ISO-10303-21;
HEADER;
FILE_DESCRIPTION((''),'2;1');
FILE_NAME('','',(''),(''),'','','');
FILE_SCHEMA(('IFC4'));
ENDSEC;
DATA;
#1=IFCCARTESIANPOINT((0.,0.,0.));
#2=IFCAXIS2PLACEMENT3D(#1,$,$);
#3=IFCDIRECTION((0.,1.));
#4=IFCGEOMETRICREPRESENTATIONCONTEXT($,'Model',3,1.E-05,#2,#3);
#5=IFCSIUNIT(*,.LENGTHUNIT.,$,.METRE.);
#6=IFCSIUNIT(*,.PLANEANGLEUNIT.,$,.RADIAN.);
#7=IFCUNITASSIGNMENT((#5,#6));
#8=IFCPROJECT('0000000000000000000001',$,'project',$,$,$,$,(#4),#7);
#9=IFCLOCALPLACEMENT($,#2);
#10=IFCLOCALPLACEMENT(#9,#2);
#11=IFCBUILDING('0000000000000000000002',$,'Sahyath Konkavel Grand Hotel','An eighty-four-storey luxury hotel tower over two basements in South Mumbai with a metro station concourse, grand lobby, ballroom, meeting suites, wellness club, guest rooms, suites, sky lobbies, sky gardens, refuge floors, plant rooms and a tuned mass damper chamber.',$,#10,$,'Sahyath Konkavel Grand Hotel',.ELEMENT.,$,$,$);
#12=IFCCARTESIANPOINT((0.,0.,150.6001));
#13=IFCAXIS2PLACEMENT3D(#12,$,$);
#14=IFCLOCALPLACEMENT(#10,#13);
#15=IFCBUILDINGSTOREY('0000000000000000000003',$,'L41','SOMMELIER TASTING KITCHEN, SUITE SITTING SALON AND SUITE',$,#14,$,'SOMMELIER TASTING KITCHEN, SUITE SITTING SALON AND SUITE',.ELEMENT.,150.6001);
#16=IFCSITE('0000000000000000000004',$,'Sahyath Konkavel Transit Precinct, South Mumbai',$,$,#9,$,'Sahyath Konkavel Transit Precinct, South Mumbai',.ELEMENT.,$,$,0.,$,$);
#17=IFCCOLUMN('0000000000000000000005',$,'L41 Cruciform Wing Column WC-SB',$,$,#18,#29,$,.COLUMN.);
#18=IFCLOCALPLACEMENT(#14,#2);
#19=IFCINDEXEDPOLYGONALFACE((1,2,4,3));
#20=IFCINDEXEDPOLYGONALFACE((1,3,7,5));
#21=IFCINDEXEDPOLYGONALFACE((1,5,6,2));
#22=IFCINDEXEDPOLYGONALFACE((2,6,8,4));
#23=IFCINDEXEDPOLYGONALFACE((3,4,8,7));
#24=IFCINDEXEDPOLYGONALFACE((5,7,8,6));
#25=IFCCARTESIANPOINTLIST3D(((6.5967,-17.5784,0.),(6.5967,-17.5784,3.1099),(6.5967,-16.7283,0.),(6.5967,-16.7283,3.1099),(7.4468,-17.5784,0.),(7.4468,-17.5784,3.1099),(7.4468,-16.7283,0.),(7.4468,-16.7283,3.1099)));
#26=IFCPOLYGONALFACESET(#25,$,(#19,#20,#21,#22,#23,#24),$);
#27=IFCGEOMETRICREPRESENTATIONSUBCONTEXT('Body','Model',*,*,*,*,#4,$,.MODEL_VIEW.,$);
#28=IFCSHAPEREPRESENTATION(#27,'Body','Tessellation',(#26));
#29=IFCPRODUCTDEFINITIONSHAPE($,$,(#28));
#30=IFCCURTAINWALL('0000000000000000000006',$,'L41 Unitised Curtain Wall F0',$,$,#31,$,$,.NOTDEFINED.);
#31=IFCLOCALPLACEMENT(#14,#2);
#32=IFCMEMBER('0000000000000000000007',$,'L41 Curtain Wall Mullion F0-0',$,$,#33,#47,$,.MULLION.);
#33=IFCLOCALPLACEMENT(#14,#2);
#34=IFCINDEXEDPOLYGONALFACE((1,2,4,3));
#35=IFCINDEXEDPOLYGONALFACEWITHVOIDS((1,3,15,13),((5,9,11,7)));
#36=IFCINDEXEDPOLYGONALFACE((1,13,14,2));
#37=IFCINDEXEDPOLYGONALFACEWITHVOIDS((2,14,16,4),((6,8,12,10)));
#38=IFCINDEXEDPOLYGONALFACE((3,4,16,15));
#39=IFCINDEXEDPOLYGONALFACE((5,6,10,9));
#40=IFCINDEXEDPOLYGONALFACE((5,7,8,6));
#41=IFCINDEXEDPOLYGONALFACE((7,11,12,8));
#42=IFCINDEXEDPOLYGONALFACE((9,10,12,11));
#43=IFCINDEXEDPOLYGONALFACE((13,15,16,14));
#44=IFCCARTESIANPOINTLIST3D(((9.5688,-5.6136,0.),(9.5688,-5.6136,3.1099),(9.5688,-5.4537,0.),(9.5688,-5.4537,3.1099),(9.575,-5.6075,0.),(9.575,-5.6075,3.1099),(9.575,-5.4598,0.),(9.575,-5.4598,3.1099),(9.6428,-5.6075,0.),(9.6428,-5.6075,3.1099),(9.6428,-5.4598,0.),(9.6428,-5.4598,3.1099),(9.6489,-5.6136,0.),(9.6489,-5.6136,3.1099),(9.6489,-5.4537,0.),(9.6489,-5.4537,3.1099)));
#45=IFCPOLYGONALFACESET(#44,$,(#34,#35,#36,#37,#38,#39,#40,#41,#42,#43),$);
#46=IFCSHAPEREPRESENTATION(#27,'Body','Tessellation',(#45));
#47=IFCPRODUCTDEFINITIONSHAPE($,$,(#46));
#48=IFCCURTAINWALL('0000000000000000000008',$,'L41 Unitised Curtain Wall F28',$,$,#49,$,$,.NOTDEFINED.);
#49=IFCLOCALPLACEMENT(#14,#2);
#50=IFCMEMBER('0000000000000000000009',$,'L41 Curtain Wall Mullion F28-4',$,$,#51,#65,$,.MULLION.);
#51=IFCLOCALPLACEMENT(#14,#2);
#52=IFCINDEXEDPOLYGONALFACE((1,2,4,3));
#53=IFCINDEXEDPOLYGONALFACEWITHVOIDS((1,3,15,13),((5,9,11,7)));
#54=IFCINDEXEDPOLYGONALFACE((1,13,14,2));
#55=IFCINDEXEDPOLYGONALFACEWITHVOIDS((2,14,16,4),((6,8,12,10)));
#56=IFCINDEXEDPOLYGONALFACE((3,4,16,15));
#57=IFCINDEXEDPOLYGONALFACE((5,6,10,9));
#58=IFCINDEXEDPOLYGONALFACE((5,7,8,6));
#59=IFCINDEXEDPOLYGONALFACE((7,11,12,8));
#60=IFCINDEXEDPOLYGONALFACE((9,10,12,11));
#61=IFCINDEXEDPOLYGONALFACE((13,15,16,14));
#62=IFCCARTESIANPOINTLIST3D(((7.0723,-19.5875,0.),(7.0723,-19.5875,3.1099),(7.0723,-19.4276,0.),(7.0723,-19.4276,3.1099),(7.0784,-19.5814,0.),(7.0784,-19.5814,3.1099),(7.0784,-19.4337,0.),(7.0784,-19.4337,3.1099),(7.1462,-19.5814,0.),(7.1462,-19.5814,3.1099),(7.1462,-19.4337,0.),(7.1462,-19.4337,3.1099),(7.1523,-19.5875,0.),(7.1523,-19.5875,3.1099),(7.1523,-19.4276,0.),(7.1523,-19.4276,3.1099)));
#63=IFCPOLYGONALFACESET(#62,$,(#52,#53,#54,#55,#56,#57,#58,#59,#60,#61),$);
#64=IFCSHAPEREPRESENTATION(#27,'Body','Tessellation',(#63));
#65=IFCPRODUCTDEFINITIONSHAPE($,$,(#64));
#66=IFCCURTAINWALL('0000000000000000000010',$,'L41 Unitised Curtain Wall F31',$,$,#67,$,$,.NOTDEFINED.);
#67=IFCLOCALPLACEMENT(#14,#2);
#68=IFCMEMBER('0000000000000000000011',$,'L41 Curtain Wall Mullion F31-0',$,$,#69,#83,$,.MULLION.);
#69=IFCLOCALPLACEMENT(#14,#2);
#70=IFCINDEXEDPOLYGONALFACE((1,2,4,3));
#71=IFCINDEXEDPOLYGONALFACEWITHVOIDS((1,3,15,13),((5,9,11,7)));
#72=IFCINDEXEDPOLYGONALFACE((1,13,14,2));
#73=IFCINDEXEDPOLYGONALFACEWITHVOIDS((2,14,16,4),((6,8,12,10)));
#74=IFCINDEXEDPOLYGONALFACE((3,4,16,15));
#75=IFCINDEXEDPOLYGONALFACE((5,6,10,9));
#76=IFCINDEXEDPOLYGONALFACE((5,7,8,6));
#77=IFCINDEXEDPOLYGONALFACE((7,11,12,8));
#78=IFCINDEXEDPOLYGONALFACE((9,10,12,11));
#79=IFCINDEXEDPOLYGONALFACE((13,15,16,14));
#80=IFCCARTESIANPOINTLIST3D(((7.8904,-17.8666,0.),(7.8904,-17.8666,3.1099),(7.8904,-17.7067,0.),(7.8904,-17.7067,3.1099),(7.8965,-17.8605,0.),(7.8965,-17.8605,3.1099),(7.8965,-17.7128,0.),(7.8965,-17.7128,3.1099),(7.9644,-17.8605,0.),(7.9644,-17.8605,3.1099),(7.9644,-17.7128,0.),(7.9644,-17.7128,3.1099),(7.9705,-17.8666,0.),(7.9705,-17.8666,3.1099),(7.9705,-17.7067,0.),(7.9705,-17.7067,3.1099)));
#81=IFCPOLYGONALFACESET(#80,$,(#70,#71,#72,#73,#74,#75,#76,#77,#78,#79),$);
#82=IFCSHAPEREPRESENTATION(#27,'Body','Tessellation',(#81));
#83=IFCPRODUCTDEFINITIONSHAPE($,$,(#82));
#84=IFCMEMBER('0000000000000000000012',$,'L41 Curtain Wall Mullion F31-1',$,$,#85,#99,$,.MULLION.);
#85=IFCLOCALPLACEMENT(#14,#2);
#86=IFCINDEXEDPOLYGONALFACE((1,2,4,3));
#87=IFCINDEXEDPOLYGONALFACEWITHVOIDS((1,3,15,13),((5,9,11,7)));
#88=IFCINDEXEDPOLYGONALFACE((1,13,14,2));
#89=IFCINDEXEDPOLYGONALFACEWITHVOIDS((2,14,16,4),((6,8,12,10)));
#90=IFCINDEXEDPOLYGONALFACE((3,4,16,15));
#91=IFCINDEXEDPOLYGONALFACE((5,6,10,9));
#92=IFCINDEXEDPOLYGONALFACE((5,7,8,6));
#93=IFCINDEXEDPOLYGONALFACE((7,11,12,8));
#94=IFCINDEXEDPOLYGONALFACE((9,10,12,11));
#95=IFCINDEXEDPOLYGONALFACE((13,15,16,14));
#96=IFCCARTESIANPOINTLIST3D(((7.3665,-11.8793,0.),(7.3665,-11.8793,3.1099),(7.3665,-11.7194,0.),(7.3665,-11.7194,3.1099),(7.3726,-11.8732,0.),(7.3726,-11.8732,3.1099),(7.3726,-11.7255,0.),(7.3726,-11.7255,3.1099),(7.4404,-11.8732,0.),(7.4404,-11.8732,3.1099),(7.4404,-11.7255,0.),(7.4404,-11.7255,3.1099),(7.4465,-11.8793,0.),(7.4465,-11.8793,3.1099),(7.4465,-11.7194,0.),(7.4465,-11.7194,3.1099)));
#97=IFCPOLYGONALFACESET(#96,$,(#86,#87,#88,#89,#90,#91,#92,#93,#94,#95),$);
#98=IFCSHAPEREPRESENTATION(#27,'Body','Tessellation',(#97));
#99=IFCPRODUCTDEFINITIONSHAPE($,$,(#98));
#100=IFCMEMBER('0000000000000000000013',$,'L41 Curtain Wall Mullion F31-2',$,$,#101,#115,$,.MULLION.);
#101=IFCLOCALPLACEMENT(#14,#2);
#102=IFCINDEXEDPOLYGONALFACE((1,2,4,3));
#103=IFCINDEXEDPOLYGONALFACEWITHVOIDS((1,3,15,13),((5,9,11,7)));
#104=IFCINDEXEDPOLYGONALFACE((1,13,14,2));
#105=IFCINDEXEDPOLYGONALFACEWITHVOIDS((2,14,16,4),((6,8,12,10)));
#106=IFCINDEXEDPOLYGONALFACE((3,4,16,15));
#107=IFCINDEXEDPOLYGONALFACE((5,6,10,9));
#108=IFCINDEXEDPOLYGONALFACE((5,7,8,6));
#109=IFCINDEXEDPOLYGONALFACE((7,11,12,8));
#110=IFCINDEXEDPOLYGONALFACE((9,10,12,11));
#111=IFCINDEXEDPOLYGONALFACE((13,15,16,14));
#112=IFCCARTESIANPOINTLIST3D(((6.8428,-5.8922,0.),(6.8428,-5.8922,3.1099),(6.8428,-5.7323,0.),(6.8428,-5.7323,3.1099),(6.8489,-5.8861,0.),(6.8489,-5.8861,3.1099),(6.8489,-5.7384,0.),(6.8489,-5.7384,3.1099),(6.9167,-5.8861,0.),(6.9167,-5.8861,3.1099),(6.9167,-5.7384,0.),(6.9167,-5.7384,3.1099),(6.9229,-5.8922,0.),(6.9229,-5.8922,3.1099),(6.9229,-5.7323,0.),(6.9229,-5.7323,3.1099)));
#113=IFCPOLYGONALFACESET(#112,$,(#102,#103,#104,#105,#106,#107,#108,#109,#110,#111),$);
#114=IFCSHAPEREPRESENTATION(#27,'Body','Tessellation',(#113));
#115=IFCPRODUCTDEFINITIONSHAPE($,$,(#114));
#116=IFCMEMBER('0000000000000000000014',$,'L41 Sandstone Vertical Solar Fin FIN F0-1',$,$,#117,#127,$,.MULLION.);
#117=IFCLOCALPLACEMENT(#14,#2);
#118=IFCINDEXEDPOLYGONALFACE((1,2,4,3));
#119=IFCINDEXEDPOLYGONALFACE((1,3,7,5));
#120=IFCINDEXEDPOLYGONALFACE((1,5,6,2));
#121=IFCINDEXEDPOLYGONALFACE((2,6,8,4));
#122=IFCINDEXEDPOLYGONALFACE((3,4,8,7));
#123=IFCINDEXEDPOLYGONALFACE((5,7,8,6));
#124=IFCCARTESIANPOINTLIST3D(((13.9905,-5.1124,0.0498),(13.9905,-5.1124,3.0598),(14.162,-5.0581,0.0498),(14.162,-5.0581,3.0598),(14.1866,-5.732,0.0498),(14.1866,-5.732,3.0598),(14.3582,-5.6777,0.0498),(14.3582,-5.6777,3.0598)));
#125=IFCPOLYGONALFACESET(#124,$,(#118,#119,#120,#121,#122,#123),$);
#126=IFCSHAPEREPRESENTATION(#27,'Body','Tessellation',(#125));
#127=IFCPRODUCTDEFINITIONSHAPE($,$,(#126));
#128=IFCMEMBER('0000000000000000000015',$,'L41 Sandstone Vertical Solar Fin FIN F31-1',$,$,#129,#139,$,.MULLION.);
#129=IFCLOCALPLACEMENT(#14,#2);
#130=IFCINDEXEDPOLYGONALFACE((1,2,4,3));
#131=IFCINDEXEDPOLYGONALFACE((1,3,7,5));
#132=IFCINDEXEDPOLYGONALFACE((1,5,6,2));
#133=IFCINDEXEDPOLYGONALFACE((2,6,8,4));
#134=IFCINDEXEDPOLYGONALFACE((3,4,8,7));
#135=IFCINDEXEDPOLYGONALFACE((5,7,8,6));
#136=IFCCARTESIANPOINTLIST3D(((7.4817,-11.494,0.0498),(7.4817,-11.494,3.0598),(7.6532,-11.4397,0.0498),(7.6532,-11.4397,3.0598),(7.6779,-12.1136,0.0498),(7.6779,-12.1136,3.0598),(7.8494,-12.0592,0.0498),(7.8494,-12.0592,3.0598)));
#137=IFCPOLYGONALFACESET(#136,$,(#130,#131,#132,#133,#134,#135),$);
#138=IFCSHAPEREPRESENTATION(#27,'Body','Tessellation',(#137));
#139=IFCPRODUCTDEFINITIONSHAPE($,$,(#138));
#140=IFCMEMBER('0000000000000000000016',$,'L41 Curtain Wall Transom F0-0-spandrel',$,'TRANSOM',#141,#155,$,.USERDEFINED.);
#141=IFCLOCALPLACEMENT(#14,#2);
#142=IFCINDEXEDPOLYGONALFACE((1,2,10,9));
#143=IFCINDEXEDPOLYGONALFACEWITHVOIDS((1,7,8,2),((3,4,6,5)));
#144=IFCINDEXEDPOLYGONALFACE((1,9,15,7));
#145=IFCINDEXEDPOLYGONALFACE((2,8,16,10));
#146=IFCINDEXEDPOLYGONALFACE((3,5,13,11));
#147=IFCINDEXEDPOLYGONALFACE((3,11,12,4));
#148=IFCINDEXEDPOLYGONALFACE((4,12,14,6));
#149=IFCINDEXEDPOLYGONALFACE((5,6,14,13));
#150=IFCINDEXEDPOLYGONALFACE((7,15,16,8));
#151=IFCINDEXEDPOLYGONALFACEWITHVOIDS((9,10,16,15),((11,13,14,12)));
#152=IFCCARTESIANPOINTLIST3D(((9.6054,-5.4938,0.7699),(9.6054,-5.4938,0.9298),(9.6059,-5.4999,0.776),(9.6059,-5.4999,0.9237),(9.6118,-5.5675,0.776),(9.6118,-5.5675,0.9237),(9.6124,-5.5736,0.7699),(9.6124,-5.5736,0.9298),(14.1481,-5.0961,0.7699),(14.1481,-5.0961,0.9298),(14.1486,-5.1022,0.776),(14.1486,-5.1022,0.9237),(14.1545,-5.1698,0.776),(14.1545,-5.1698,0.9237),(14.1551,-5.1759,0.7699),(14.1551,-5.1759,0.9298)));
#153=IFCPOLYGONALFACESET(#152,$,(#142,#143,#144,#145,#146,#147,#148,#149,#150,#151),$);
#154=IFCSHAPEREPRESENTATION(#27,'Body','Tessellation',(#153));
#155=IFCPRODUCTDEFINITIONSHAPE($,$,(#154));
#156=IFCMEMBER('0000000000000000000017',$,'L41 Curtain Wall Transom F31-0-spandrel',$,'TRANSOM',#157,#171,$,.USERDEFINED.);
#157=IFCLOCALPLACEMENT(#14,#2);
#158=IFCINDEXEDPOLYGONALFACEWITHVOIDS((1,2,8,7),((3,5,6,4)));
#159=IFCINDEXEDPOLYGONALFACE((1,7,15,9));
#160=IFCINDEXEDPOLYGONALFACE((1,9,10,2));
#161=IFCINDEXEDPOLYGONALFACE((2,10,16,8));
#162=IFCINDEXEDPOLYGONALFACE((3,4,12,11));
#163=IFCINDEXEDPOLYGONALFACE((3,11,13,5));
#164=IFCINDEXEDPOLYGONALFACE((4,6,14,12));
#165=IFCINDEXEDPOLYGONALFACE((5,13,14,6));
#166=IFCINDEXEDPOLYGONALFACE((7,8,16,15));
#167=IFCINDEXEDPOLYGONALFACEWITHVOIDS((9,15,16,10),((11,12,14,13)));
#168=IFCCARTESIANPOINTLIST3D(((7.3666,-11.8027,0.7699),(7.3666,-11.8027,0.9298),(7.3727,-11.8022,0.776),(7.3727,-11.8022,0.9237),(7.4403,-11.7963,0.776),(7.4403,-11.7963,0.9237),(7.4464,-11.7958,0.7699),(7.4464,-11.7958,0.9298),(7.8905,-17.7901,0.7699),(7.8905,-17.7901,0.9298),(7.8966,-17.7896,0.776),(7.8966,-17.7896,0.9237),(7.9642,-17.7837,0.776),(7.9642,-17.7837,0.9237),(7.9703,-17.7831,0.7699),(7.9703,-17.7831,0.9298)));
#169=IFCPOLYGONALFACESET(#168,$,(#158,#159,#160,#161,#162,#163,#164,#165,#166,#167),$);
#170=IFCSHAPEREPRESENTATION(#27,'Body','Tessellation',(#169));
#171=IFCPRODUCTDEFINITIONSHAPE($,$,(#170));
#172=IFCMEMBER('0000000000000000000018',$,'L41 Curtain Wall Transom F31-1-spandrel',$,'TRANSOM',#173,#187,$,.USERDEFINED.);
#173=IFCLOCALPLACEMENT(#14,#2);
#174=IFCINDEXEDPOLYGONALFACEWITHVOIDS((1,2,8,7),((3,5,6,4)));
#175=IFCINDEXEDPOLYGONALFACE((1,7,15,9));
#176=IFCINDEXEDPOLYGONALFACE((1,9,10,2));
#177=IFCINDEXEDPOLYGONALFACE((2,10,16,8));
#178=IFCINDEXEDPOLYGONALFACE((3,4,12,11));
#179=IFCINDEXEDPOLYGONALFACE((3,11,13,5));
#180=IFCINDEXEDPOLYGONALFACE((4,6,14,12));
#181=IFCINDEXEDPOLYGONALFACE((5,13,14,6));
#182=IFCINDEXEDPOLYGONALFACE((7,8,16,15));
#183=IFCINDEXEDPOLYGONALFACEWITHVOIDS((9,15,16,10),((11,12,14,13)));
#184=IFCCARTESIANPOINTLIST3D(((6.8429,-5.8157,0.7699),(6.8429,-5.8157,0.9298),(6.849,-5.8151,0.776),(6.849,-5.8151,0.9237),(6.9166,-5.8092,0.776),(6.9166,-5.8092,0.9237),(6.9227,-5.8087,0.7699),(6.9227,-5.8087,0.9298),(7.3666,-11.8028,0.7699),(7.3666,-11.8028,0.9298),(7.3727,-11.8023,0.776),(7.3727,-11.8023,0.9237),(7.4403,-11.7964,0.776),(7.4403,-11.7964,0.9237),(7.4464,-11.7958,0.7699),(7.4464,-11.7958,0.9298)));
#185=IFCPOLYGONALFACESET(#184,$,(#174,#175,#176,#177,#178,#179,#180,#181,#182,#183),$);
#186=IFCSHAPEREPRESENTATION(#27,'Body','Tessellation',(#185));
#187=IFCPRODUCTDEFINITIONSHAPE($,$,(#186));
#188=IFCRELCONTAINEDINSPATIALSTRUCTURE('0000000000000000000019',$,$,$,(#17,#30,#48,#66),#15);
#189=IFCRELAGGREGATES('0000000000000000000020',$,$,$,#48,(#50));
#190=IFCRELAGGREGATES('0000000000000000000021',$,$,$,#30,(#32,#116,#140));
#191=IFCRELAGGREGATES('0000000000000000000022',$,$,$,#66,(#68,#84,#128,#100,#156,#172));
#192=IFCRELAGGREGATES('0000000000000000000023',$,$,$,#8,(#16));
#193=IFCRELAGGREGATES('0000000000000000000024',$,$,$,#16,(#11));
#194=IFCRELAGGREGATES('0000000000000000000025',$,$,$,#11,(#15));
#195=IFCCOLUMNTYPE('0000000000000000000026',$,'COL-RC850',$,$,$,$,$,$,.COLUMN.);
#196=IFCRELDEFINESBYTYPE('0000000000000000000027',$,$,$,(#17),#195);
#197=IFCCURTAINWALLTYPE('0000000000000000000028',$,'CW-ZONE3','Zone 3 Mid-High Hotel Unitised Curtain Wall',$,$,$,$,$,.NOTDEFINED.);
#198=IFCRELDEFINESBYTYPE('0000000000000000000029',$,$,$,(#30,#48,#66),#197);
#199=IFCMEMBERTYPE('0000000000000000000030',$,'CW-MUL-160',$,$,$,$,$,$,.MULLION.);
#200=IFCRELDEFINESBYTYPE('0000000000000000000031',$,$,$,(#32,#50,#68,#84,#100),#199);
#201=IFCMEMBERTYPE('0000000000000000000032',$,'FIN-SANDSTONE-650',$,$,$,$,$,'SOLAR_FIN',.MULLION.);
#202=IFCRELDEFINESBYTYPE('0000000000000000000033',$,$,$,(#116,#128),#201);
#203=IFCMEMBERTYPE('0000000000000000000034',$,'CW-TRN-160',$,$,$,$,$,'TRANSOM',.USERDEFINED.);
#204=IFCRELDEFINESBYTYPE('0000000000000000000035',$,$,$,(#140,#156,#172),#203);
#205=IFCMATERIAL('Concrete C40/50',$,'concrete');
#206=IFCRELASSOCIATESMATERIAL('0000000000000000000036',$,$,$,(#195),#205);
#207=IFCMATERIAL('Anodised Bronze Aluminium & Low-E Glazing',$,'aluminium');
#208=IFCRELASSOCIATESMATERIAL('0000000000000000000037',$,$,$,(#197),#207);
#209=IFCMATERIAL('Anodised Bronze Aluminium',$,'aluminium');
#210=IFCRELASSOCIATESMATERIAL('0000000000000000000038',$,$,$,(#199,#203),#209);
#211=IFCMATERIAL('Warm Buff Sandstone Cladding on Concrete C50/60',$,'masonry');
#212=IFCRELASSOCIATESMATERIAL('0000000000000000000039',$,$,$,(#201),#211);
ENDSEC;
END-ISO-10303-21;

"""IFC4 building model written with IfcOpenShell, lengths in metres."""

from ifc_helpers import new_model, si_unit, direction, frame, origin, origin_2d, place, context, subcontext, project, spatial, rectangle, hollow_rectangle, extrude, source, transform, mapped, material, material_profile, profile_set, type_object, element, aggregate, save


model = new_model("IFC4")

# Units and contexts
model_context = context("Model", 3, precision=1e-05, world=origin(), true_north=direction((0.0, 1.0)))
body_context = subcontext(model_context, "Body", "Model", "MODEL_VIEW")
ifc_project = project(units=[si_unit("LENGTHUNIT", "METRE"), si_unit("PLANEANGLEUNIT", "RADIAN")], contexts=[model_context])

# Site, building, storey
site_placement = place(None, origin())
site = spatial("IfcSite", under=ifc_project, at=site_placement, Name="Sahyath Konkavel Transit Precinct, South Mumbai", LongName="Sahyath Konkavel Transit Precinct, South Mumbai", CompositionType="ELEMENT", RefElevation=0.0)
building_placement = place(site_placement, origin())
building = spatial("IfcBuilding", under=site, at=building_placement, Name="Sahyath Konkavel Grand Hotel", Description="An eighty-four-storey luxury hotel tower over two basements in South Mumbai with a metro station concourse, grand lobby, ballroom, meeting suites, wellness club, guest rooms, suites, sky lobbies, sky gardens, refuge floors, plant rooms and a tuned mass damper chamber.", LongName="Sahyath Konkavel Grand Hotel", CompositionType="ELEMENT")
storey_placement = place(building_placement, frame((0.0, 0.0, 150.6001)))
storey = spatial("IfcBuildingStorey", under=building, at=storey_placement, Name="L41", Description="SOMMELIER TASTING KITCHEN, SUITE SITTING SALON AND SUITE", LongName="SOMMELIER TASTING KITCHEN, SUITE SITTING SALON AND SUITE", CompositionType="ELEMENT", Elevation=150.6001)

# Column
ifc_material_1 = material(Name="Concrete C40/50", Category="concrete")
ifc_material_profile_1 = material_profile(ifc_material_1, rectangle(XDim=0.8501, YDim=0.8501, at=origin_2d()), Name="RC 850x850")
ifc_profile_set_1 = profile_set([ifc_material_profile_1], Name="Concrete C40/50")
column_type = type_object("IfcColumnType", Name="COL-RC850", PredefinedType="COLUMN", material=ifc_profile_set_1)
shared_shape_1 = source(origin(), body_context, "Body", "SweptSolid", [
    extrude(rectangle(XDim=0.8501, YDim=0.8501, at=origin_2d()), origin(), (0.0, 0.0, 1.0), 3.1099),
])
column_placement = place(storey_placement, frame((7.0217, -17.1533, 0.0), z_axis=(0.0, 0.0, 1.0), x_axis=(1.0, 0.0, 0.0)))
element("IfcColumn", 1, at=column_placement, inside=storey, type_object=column_type, Name="L41 Cruciform Wing Column WC-SB", PredefinedType="COLUMN", context=body_context, shape_type="MappedRepresentation", body=[
    mapped(shared_shape_1, transform((0.0, 0.0, 0.0), scale=1.0)),
])

# Curtain walls, members
ifc_material_2 = material(Name="Anodised Bronze Aluminium & Low-E Glazing", Category="aluminium")
curtain_wall_type = type_object("IfcCurtainWallType", Name="CW-ZONE3", Description="Zone 3 Mid-High Hotel Unitised Curtain Wall", PredefinedType="NOTDEFINED", material=ifc_material_2)
curtain_wall_1_placement = place(storey_placement, origin())
curtain_wall_1 = element("IfcCurtainWall", 2, at=curtain_wall_1_placement, inside=storey, type_object=curtain_wall_type, Name="L41 Unitised Curtain Wall F0", PredefinedType="NOTDEFINED")
ifc_material_3 = material(Name="Anodised Bronze Aluminium", Category="aluminium")
ifc_material_profile_2 = material_profile(ifc_material_3, hollow_rectangle(XDim=0.0801, YDim=0.1599, WallThickness=0.0061, at=origin_2d()), Name="RHS 160x80x6")
ifc_profile_set_2 = profile_set([ifc_material_profile_2], Name="Anodised Bronze Aluminium")
member_type_1 = type_object("IfcMemberType", Name="CW-MUL-160", PredefinedType="MULLION", material=ifc_profile_set_2)
shared_shape_2 = source(origin(), body_context, "Body", "SweptSolid", [
    extrude(hollow_rectangle(XDim=0.0801, YDim=0.1599, WallThickness=0.0061, at=origin_2d()), origin(), (0.0, 0.0, 1.0), 3.1099),
])
member_1_placement = place(storey_placement, frame((9.6089, -5.5337, 0.0), z_axis=(0.0, 0.0, 1.0), x_axis=(1.0, 0.0, 0.0)))
member_1 = element("IfcMember", 3, at=member_1_placement, type_object=member_type_1, Name="L41 Curtain Wall Mullion F0-0", PredefinedType="MULLION", context=body_context, shape_type="MappedRepresentation", body=[
    mapped(shared_shape_2, transform((0.0, 0.0, 0.0), scale=1.0)),
])
curtain_wall_2_placement = place(storey_placement, origin())
curtain_wall_2 = element("IfcCurtainWall", 4, at=curtain_wall_2_placement, inside=storey, type_object=curtain_wall_type, Name="L41 Unitised Curtain Wall F28", PredefinedType="NOTDEFINED")
member_2_placement = place(storey_placement, frame((7.1123, -19.5076, 0.0), z_axis=(0.0, 0.0, 1.0), x_axis=(1.0, 0.0, 0.0)))
member_2 = element("IfcMember", 5, at=member_2_placement, type_object=member_type_1, Name="L41 Curtain Wall Mullion F28-4", PredefinedType="MULLION", context=body_context, shape_type="MappedRepresentation", body=[
    mapped(shared_shape_2, transform((0.0, 0.0, 0.0), scale=1.0)),
])
aggregate(curtain_wall_2, [member_2])

# Curtain wall, members
curtain_wall_3_placement = place(storey_placement, origin())
curtain_wall_3 = element("IfcCurtainWall", 6, at=curtain_wall_3_placement, inside=storey, type_object=curtain_wall_type, Name="L41 Unitised Curtain Wall F31", PredefinedType="NOTDEFINED")
member_3_placement = place(storey_placement, frame((7.9304, -17.7866, 0.0), z_axis=(0.0, 0.0, 1.0), x_axis=(1.0, 0.0, 0.0)))
member_3 = element("IfcMember", 7, at=member_3_placement, type_object=member_type_1, Name="L41 Curtain Wall Mullion F31-0", PredefinedType="MULLION", context=body_context, shape_type="MappedRepresentation", body=[
    mapped(shared_shape_2, transform((0.0, 0.0, 0.0), scale=1.0)),
])
member_4_placement = place(storey_placement, frame((7.4065, -11.7993, 0.0), z_axis=(0.0, 0.0, 1.0), x_axis=(1.0, 0.0, 0.0)))
member_4 = element("IfcMember", 8, at=member_4_placement, type_object=member_type_1, Name="L41 Curtain Wall Mullion F31-1", PredefinedType="MULLION", context=body_context, shape_type="MappedRepresentation", body=[
    mapped(shared_shape_2, transform((0.0, 0.0, 0.0), scale=1.0)),
])
member_5_placement = place(storey_placement, frame((6.8828, -5.8123, 0.0), z_axis=(0.0, 0.0, 1.0), x_axis=(1.0, 0.0, 0.0)))
member_5 = element("IfcMember", 9, at=member_5_placement, type_object=member_type_1, Name="L41 Curtain Wall Mullion F31-2", PredefinedType="MULLION", context=body_context, shape_type="MappedRepresentation", body=[
    mapped(shared_shape_2, transform((0.0, 0.0, 0.0), scale=1.0)),
])

# Members
ifc_material_4 = material(Name="Warm Buff Sandstone Cladding on Concrete C50/60", Category="masonry")
ifc_material_profile_3 = material_profile(ifc_material_4, rectangle(XDim=0.1799, YDim=0.6499, at=origin_2d()), Name="FIN 180x650")
ifc_profile_set_3 = profile_set([ifc_material_profile_3], Name="Warm Buff Sandstone Cladding on Concrete C50/60")
member_type_2 = type_object("IfcMemberType", Name="FIN-SANDSTONE-650", ElementType="SOLAR_FIN", PredefinedType="MULLION", material=ifc_profile_set_3)
shared_shape_3 = source(origin(), body_context, "Body", "SweptSolid", [
    extrude(rectangle(XDim=0.1799, YDim=0.6499, at=origin_2d()), origin(), (0.0, 0.0, 1.0), 3.01),
])
member_6_placement = place(storey_placement, frame((14.1743, -5.395, 0.0498), z_axis=(0.0, 0.0, 1.0), x_axis=(0.953349, 0.301871, 0.0)))
member_6 = element("IfcMember", 10, at=member_6_placement, type_object=member_type_2, Name="L41 Sandstone Vertical Solar Fin FIN F0-1", PredefinedType="MULLION", context=body_context, shape_type="MappedRepresentation", body=[
    mapped(shared_shape_3, transform((0.0, 0.0, 0.0), scale=1.0)),
])
member_7_placement = place(storey_placement, frame((7.6655, -11.7766, 0.0498), z_axis=(0.0, 0.0, 1.0), x_axis=(0.953349, 0.301871, 0.0)))
member_7 = element("IfcMember", 11, at=member_7_placement, type_object=member_type_2, Name="L41 Sandstone Vertical Solar Fin FIN F31-1", PredefinedType="MULLION", context=body_context, shape_type="MappedRepresentation", body=[
    mapped(shared_shape_3, transform((0.0, 0.0, 0.0), scale=1.0)),
])
ifc_material_profile_4 = material_profile(ifc_material_3, hollow_rectangle(XDim=0.0801, YDim=0.1599, WallThickness=0.0061, at=origin_2d()), Name="RHS 160x80x6")
ifc_profile_set_4 = profile_set([ifc_material_profile_4], Name="Anodised Bronze Aluminium")
member_type_3 = type_object("IfcMemberType", Name="CW-TRN-160", ElementType="TRANSOM", PredefinedType="USERDEFINED", material=ifc_profile_set_4)
shared_shape_4 = source(origin(), body_context, "Body", "SweptSolid", [
    extrude(hollow_rectangle(XDim=0.0801, YDim=0.1599, WallThickness=0.0061, at=origin_2d()), origin(), (0.0, 0.0, 1.0), 4.5601),
])
member_8_placement = place(storey_placement, frame((9.6089, -5.5337, 0.8499), z_axis=(0.99619, 0.087214, 0.0), x_axis=(-0.087214, 0.99619, 0.0)))
member_8 = element("IfcMember", 12, at=member_8_placement, type_object=member_type_3, Name="L41 Curtain Wall Transom F0-0-spandrel", ObjectType="TRANSOM", PredefinedType="USERDEFINED", context=body_context, shape_type="MappedRepresentation", body=[
    mapped(shared_shape_4, transform((0.0, 0.0, 0.0), scale=1.0)),
])
shared_shape_5 = source(origin(), body_context, "Body", "SweptSolid", [
    extrude(hollow_rectangle(XDim=0.0801, YDim=0.1599, WallThickness=0.0061, at=origin_2d()), origin(), (0.0, 0.0, 1.0), 6.0103),
])
member_9_placement = place(storey_placement, frame((7.9304, -17.7866, 0.8499), z_axis=(-0.087173, 0.996193, 0.0), x_axis=(-0.996193, -0.087173, 0.0)))
member_9 = element("IfcMember", 13, at=member_9_placement, type_object=member_type_3, Name="L41 Curtain Wall Transom F31-0-spandrel", ObjectType="TRANSOM", PredefinedType="USERDEFINED", context=body_context, shape_type="MappedRepresentation", body=[
    mapped(shared_shape_5, transform((0.0, 0.0, 0.0), scale=1.0)),
])
shared_shape_6 = source(origin(), body_context, "Body", "SweptSolid", [
    extrude(hollow_rectangle(XDim=0.0801, YDim=0.1599, WallThickness=0.0061, at=origin_2d()), origin(), (0.0, 0.0, 1.0), 6.01),
])
member_10_placement = place(storey_placement, frame((7.4065, -11.7993, 0.8499), z_axis=(-0.087136, 0.996196, 0.0), x_axis=(-0.996196, -0.087136, 0.0)))
member_10 = element("IfcMember", 14, at=member_10_placement, type_object=member_type_3, Name="L41 Curtain Wall Transom F31-1-spandrel", ObjectType="TRANSOM", PredefinedType="USERDEFINED", context=body_context, shape_type="MappedRepresentation", body=[
    mapped(shared_shape_6, transform((0.0, 0.0, 0.0), scale=1.0)),
])

aggregate(curtain_wall_1, [member_1, member_6, member_8])
aggregate(curtain_wall_3, [member_3, member_4, member_7, member_5, member_9, member_10])

save(model, "model.ifc")
